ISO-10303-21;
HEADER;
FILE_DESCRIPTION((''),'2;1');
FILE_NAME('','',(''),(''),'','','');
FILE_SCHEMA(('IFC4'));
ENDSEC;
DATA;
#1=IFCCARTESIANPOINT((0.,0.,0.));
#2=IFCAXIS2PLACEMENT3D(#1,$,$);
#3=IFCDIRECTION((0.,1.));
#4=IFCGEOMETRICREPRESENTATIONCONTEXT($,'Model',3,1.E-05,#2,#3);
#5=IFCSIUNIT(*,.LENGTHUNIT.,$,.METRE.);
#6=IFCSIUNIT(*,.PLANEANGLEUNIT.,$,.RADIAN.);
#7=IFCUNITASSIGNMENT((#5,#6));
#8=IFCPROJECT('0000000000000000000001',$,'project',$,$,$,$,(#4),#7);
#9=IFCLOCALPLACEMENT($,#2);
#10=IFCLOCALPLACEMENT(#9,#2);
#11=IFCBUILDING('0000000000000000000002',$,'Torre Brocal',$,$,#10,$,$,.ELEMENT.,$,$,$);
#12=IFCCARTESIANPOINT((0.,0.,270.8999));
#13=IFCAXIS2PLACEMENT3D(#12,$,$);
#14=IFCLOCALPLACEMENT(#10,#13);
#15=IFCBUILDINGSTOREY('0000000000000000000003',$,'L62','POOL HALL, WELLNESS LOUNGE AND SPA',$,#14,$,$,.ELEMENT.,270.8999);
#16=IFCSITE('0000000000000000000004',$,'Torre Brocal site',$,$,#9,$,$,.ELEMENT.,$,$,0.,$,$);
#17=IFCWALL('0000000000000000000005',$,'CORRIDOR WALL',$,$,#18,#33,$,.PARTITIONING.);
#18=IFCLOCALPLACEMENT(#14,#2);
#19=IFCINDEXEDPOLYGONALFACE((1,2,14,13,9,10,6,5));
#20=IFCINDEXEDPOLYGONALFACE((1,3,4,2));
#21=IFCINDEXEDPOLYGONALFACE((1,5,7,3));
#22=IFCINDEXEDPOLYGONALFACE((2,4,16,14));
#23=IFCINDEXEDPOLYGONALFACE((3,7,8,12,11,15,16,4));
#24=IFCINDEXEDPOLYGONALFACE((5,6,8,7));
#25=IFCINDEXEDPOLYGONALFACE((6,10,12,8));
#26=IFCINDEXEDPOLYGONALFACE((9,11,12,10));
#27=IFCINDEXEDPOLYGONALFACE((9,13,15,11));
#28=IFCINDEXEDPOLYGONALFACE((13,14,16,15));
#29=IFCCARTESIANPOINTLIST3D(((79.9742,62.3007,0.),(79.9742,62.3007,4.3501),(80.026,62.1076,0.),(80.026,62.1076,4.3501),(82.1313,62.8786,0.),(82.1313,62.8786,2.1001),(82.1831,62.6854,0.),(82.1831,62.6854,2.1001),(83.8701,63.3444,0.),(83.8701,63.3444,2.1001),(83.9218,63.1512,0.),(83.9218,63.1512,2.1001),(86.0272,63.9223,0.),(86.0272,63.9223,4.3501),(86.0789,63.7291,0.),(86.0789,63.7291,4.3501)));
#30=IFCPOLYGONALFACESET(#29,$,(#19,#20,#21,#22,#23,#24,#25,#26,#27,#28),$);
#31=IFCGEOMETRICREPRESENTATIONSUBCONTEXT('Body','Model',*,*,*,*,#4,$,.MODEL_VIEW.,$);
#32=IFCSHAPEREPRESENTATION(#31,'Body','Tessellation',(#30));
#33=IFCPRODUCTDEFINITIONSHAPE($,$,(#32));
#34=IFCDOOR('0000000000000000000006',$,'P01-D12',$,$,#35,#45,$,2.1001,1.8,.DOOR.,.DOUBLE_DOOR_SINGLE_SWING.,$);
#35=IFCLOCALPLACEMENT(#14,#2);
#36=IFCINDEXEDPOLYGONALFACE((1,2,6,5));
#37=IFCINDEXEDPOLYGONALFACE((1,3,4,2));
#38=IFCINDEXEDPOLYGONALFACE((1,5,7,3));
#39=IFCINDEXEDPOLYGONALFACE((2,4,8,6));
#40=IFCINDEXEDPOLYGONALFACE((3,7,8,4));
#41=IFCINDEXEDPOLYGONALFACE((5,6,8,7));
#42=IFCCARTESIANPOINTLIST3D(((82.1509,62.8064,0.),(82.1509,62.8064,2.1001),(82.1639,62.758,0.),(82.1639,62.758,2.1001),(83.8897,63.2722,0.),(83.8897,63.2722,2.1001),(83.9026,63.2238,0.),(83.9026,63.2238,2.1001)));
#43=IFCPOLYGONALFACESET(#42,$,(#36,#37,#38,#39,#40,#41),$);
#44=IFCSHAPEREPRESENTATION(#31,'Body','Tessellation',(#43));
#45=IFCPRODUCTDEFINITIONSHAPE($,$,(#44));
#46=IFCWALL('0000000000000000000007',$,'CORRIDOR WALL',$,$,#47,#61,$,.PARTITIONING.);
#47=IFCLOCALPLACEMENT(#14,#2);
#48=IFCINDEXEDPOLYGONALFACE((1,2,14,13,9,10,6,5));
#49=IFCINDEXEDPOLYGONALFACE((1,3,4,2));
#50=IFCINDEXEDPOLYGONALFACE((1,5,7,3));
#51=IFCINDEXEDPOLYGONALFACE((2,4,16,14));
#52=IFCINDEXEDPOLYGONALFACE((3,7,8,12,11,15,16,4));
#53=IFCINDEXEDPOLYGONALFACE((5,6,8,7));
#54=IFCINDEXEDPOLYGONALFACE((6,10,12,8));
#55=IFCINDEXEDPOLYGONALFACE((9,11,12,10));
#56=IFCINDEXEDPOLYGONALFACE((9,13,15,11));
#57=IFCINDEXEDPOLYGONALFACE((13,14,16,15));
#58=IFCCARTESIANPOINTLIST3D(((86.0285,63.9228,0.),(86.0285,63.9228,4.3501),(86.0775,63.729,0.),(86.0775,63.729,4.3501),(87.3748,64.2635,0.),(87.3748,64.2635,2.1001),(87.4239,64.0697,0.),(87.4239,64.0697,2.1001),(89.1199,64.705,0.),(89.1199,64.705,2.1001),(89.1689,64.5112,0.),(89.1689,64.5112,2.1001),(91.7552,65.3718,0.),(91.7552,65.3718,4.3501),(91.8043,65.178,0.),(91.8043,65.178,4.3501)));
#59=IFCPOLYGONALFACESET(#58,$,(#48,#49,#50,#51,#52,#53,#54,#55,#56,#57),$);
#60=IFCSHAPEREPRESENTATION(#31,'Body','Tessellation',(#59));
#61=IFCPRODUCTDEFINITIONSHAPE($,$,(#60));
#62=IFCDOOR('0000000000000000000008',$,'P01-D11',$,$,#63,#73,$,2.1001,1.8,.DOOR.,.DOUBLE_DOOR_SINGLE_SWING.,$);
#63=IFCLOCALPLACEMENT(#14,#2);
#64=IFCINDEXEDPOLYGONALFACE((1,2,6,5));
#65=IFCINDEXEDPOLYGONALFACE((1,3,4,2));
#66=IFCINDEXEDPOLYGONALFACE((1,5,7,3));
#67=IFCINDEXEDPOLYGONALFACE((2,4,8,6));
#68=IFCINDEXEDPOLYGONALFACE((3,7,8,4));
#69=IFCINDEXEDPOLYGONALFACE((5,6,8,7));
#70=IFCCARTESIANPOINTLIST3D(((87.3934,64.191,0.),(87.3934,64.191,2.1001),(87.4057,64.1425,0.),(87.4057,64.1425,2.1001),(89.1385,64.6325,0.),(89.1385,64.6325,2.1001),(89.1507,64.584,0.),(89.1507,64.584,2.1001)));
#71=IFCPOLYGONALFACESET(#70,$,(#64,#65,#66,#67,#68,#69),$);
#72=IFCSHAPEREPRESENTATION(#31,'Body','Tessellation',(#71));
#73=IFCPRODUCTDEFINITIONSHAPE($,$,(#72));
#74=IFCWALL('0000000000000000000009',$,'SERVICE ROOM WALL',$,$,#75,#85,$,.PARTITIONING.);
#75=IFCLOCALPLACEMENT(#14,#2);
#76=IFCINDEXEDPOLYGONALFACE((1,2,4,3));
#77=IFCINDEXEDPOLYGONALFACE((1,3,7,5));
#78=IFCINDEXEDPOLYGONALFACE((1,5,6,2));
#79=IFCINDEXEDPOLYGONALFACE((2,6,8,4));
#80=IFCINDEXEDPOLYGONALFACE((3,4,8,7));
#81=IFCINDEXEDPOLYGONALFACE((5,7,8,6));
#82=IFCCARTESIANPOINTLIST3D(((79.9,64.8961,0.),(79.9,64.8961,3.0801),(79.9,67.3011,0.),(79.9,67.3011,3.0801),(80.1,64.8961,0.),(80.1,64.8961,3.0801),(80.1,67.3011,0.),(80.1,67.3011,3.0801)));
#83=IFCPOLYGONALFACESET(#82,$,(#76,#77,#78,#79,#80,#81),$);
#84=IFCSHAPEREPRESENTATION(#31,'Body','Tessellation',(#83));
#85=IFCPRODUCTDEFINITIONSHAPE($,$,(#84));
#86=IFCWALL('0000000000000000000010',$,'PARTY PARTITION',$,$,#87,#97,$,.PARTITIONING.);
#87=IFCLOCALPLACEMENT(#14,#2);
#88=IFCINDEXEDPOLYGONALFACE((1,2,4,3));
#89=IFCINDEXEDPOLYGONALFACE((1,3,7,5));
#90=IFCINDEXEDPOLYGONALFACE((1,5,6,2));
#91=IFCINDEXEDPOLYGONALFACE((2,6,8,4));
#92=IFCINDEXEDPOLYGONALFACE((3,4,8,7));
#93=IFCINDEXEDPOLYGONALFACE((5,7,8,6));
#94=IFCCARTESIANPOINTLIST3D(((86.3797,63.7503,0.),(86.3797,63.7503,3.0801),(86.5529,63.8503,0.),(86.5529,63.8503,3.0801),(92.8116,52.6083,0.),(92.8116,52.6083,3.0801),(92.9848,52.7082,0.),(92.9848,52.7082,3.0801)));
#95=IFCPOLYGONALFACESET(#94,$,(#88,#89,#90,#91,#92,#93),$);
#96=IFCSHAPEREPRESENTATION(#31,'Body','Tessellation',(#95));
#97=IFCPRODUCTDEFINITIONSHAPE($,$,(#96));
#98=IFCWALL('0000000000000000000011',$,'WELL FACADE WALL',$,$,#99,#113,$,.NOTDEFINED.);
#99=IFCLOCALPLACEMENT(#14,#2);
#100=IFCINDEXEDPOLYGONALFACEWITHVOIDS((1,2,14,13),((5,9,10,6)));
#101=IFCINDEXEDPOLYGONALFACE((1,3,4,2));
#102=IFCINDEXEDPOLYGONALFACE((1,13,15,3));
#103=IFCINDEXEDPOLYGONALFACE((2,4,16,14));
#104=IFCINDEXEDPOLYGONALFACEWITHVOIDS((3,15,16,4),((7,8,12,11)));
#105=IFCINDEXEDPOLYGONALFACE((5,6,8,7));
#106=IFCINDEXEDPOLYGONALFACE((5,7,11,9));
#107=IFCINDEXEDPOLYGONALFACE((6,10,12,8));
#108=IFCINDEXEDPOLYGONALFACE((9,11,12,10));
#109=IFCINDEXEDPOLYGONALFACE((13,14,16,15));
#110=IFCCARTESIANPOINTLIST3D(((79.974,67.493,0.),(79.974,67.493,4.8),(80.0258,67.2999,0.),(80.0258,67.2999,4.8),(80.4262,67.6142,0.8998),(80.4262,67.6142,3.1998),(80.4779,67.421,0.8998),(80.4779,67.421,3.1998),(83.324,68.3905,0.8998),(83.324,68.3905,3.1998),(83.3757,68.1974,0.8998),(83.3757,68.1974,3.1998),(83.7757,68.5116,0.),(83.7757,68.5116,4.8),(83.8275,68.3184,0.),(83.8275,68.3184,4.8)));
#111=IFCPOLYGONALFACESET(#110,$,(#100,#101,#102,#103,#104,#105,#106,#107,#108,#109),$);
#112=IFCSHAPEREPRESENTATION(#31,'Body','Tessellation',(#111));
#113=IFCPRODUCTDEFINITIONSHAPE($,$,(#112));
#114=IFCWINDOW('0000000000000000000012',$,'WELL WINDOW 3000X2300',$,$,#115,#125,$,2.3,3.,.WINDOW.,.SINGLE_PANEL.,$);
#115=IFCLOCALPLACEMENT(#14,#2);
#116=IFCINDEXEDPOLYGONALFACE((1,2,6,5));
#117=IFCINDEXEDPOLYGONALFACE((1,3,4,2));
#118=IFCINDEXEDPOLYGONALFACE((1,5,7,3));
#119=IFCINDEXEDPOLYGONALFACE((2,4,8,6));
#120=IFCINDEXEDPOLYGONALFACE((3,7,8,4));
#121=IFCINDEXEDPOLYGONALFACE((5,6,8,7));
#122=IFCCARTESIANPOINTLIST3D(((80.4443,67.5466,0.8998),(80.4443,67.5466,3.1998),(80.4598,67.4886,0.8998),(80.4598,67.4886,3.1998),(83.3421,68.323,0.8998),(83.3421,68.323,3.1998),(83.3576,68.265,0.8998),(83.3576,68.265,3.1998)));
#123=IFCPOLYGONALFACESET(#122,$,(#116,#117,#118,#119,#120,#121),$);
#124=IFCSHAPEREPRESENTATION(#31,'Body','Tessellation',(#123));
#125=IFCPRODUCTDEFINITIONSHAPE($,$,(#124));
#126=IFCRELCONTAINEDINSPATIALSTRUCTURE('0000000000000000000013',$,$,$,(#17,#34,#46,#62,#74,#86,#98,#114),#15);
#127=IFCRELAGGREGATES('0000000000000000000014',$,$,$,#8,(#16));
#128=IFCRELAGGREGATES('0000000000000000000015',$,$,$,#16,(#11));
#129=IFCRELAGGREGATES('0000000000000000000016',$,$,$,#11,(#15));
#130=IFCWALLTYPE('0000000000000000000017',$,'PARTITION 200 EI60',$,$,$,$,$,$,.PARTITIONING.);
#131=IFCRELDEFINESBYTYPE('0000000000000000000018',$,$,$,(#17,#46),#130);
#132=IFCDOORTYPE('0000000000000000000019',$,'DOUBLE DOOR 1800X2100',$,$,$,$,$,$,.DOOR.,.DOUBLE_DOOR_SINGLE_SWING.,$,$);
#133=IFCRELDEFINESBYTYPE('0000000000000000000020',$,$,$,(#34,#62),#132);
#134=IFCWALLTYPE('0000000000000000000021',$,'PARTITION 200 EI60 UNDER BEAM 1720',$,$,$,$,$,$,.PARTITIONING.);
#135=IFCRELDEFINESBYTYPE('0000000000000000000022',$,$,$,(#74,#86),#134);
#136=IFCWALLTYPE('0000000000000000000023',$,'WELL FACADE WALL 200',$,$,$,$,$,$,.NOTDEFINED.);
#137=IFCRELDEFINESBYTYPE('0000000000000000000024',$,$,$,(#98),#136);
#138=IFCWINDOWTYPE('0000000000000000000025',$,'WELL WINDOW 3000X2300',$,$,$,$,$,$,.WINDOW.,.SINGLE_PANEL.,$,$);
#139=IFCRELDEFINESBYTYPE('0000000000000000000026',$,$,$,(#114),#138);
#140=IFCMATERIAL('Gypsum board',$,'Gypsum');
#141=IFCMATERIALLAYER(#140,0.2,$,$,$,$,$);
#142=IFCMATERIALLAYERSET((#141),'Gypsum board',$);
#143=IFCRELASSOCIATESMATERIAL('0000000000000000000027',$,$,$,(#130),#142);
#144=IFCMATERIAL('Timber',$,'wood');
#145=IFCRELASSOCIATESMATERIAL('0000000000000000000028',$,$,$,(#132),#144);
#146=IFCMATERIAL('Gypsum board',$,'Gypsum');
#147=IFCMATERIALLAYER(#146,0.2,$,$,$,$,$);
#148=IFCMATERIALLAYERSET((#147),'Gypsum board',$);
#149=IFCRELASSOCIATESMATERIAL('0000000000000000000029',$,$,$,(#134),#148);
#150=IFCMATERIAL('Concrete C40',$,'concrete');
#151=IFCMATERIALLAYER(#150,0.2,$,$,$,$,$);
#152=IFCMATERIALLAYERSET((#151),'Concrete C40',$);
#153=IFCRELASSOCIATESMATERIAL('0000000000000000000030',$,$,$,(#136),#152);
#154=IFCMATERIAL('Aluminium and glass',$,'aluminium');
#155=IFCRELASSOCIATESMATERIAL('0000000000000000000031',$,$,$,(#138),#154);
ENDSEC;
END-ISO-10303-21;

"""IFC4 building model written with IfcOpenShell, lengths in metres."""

from ifc_helpers import new_model, si_unit, direction, frame, frame_2d, origin, place, context, subcontext, project, spatial, rectangle, extrude, material, layer, layer_set, type_object, element, fill, save


model = new_model("IFC4")

# Units and contexts
model_context = context("Model", 3, precision=1e-05, world=origin(), true_north=direction((0.0, 1.0)))
body_context = subcontext(model_context, "Body", "Model", "MODEL_VIEW")
ifc_project = project(units=[si_unit("LENGTHUNIT", "METRE"), si_unit("PLANEANGLEUNIT", "RADIAN")], contexts=[model_context])

# Site, building, storey
site_placement = place(None, origin())
site = spatial("IfcSite", under=ifc_project, at=site_placement, Name="Torre Brocal site", CompositionType="ELEMENT", RefElevation=0.0)
building_placement = place(site_placement, origin())
building = spatial("IfcBuilding", under=site, at=building_placement, Name="Torre Brocal", CompositionType="ELEMENT")
storey_placement = place(building_placement, frame((0.0, 0.0, 270.8999)))
storey = spatial("IfcBuildingStorey", under=building, at=storey_placement, Name="L62", Description="POOL HALL, WELLNESS LOUNGE AND SPA", CompositionType="ELEMENT", Elevation=270.8999)

# Shared definitions
ifc_material_1 = material(Name="Gypsum board", Category="Gypsum")
ifc_layer_1 = layer(ifc_material_1, 0.2)
ifc_layer_set_1 = layer_set([ifc_layer_1], Name="Gypsum board")
wall_type_1 = type_object("IfcWallType", Name="PARTITION 200 EI60", PredefinedType="PARTITIONING", material=ifc_layer_set_1)

# Walls, openings, doors
wall_1_placement = place(storey_placement, frame((80.0, 62.2041, 0.0), z_axis=(0.0, 0.0, 1.0), x_axis=(0.965938, 0.258773, 0.0)))
wall_1 = element("IfcWall", 1, at=wall_1_placement, inside=storey, type_object=wall_type_1, Name="CORRIDOR WALL", PredefinedType="PARTITIONING", context=body_context, shape_type="SweptSolid", body=[
    extrude(rectangle(XDim=6.2664, YDim=0.2, at=frame_2d((3.1333, 0.0))), origin(), (0.0, 0.0, 1.0), 4.3501),
])
opening_1_placement = place(wall_1_placement, frame((2.2334, 0.0, 0.0)))
opening_1 = element("IfcOpeningElement", 2, at=opening_1_placement, cuts=wall_1, PredefinedType="OPENING", context=body_context, shape_type="SweptSolid", body=[
    extrude(rectangle(XDim=1.8, YDim=2.1001, at=frame_2d((0.8999, 1.05))), frame((0.0, 0.1099, 0.0), z_axis=(0.0, -1.0, 0.0), x_axis=(1.0, 0.0, 0.0)), (0.0, 0.0, 1.0), 0.22),
])
ifc_material_2 = material(Name="Timber", Category="wood")
door_type_1 = type_object("IfcDoorType", Name="DOUBLE DOOR 1800X2100", OperationType="DOUBLE_DOOR_SINGLE_SWING", PredefinedType="DOOR", material=ifc_material_2)
door_1_placement = place(opening_1_placement, frame((1.8, 0.0, 0.0), z_axis=(0.0, 0.0, 1.0), x_axis=(-1.0, 0.0, 0.0)))
door_1 = element("IfcDoor", 3, at=door_1_placement, inside=storey, type_object=door_type_1, Name="P01-D12", OperationType="DOUBLE_DOOR_SINGLE_SWING", OverallHeight=2.1001, OverallWidth=1.8, PredefinedType="DOOR", context=body_context, shape_type="SweptSolid", body=[
    extrude(rectangle(XDim=1.8, YDim=2.1001, at=frame_2d((0.8999, 1.05))), frame((0.0, 0.0249, 0.0), z_axis=(0.0, -1.0, 0.0), x_axis=(1.0, 0.0, 0.0)), (0.0, 0.0, 1.0), 0.05),
])
fill(opening_1, door_1)
wall_2_placement = place(storey_placement, frame((86.053, 63.8259, 0.0), z_axis=(0.0, 0.0, 1.0), x_axis=(0.969451, 0.245287, 0.0)))
wall_2 = element("IfcWall", 4, at=wall_2_placement, inside=storey, type_object=wall_type_1, Name="CORRIDOR WALL", PredefinedType="PARTITIONING", context=body_context, shape_type="SweptSolid", body=[
    extrude(rectangle(XDim=5.9072, YDim=0.2, at=frame_2d((2.9536, 0.0))), origin(), (0.0, 0.0, 1.0), 4.3501),
])
opening_2_placement = place(wall_2_placement, frame((1.3889, 0.0, 0.0)))
opening_2 = element("IfcOpeningElement", 5, at=opening_2_placement, cuts=wall_2, PredefinedType="OPENING", context=body_context, shape_type="SweptSolid", body=[
    extrude(rectangle(XDim=1.8, YDim=2.1001, at=frame_2d((0.8999, 1.05))), frame((0.0, 0.1099, 0.0), z_axis=(0.0, -1.0, 0.0), x_axis=(1.0, 0.0, 0.0)), (0.0, 0.0, 1.0), 0.22),
])
door_2_placement = place(opening_2_placement, frame((1.8, 0.0, 0.0), z_axis=(0.0, 0.0, 1.0), x_axis=(-1.0, 0.0, 0.0)))
door_2 = element("IfcDoor", 6, at=door_2_placement, inside=storey, type_object=door_type_1, Name="P01-D11", OperationType="DOUBLE_DOOR_SINGLE_SWING", OverallHeight=2.1001, OverallWidth=1.8, PredefinedType="DOOR", context=body_context, shape_type="SweptSolid", body=[
    extrude(rectangle(XDim=1.8, YDim=2.1001, at=frame_2d((0.8999, 1.05))), frame((0.0, 0.0249, 0.0), z_axis=(0.0, -1.0, 0.0), x_axis=(1.0, 0.0, 0.0)), (0.0, 0.0, 1.0), 0.05),
])
fill(opening_2, door_2)

# Walls
ifc_material_3 = material(Name="Gypsum board", Category="Gypsum")
ifc_layer_2 = layer(ifc_material_3, 0.2)
ifc_layer_set_2 = layer_set([ifc_layer_2], Name="Gypsum board")
wall_type_2 = type_object("IfcWallType", Name="PARTITION 200 EI60 UNDER BEAM 1720", PredefinedType="PARTITIONING", material=ifc_layer_set_2)
wall_3_placement = place(storey_placement, frame((80.0, 64.896, 0.0), z_axis=(0.0, 0.0, 1.0), x_axis=(0.0, 1.0, 0.0)))
element("IfcWall", 7, at=wall_3_placement, inside=storey, type_object=wall_type_2, Name="SERVICE ROOM WALL", PredefinedType="PARTITIONING", context=body_context, shape_type="SweptSolid", body=[
    extrude(rectangle(XDim=2.405, YDim=0.2, at=frame_2d((1.2026, 0.0))), origin(), (0.0, 0.0, 1.0), 3.0801),
])
wall_4_placement = place(storey_placement, frame((86.4663, 63.8003, 0.0), z_axis=(0.0, 0.0, 1.0), x_axis=(0.499941, -0.866059, 0.0)))
element("IfcWall", 8, at=wall_4_placement, inside=storey, type_object=wall_type_2, Name="PARTY PARTITION", PredefinedType="PARTITIONING", context=body_context, shape_type="SweptSolid", body=[
    extrude(rectangle(XDim=12.8652, YDim=0.2, at=frame_2d((6.4326, 0.0))), origin(), (0.0, 0.0, 1.0), 3.0801),
])

# Wall, opening, window
ifc_material_4 = material(Name="Concrete C40", Category="concrete")
ifc_layer_3 = layer(ifc_material_4, 0.2)
ifc_layer_set_3 = layer_set([ifc_layer_3], Name="Concrete C40")
wall_type_3 = type_object("IfcWallType", Name="WELL FACADE WALL 200", PredefinedType="NOTDEFINED", material=ifc_layer_set_3)
wall_5_placement = place(storey_placement, frame((80.0, 67.3965, 0.0), z_axis=(0.0, 0.0, 1.0), x_axis=(0.965934, 0.25879, 0.0)))
wall_5 = element("IfcWall", 9, at=wall_5_placement, inside=storey, type_object=wall_type_3, Name="WELL FACADE WALL", PredefinedType="NOTDEFINED", context=body_context, shape_type="SweptSolid", body=[
    extrude(rectangle(XDim=3.9358, YDim=0.2, at=frame_2d((1.9678, 0.0))), origin(), (0.0, 0.0, 1.0), 4.8),
])
opening_3_placement = place(wall_5_placement, frame((0.468, 0.0, 0.8999)))
opening_3 = element("IfcOpeningElement", 10, at=opening_3_placement, cuts=wall_5, PredefinedType="OPENING", context=body_context, shape_type="SweptSolid", body=[
    extrude(rectangle(XDim=3.0, YDim=2.3, at=frame_2d((1.5, 1.1499))), frame((0.0, 0.1099, 0.0), z_axis=(0.0, -1.0, 0.0), x_axis=(1.0, 0.0, 0.0)), (0.0, 0.0, 1.0), 0.22),
])
ifc_material_5 = material(Name="Aluminium and glass", Category="aluminium")
window_type = type_object("IfcWindowType", Name="WELL WINDOW 3000X2300", PartitioningType="SINGLE_PANEL", PredefinedType="WINDOW", material=ifc_material_5)
window_placement = place(opening_3_placement, origin())
window = element("IfcWindow", 11, at=window_placement, inside=storey, type_object=window_type, Name="WELL WINDOW 3000X2300", OverallHeight=2.3, OverallWidth=3.0, PartitioningType="SINGLE_PANEL", PredefinedType="WINDOW", context=body_context, shape_type="SweptSolid", body=[
    extrude(rectangle(XDim=3.0, YDim=2.3, at=frame_2d((1.5, 1.1499))), frame((0.0, 0.03, 0.0), z_axis=(0.0, -1.0, 0.0), x_axis=(1.0, 0.0, 0.0)), (0.0, 0.0, 1.0), 0.0601),
])
fill(opening_3, window)

save(model, "model.ifc")
